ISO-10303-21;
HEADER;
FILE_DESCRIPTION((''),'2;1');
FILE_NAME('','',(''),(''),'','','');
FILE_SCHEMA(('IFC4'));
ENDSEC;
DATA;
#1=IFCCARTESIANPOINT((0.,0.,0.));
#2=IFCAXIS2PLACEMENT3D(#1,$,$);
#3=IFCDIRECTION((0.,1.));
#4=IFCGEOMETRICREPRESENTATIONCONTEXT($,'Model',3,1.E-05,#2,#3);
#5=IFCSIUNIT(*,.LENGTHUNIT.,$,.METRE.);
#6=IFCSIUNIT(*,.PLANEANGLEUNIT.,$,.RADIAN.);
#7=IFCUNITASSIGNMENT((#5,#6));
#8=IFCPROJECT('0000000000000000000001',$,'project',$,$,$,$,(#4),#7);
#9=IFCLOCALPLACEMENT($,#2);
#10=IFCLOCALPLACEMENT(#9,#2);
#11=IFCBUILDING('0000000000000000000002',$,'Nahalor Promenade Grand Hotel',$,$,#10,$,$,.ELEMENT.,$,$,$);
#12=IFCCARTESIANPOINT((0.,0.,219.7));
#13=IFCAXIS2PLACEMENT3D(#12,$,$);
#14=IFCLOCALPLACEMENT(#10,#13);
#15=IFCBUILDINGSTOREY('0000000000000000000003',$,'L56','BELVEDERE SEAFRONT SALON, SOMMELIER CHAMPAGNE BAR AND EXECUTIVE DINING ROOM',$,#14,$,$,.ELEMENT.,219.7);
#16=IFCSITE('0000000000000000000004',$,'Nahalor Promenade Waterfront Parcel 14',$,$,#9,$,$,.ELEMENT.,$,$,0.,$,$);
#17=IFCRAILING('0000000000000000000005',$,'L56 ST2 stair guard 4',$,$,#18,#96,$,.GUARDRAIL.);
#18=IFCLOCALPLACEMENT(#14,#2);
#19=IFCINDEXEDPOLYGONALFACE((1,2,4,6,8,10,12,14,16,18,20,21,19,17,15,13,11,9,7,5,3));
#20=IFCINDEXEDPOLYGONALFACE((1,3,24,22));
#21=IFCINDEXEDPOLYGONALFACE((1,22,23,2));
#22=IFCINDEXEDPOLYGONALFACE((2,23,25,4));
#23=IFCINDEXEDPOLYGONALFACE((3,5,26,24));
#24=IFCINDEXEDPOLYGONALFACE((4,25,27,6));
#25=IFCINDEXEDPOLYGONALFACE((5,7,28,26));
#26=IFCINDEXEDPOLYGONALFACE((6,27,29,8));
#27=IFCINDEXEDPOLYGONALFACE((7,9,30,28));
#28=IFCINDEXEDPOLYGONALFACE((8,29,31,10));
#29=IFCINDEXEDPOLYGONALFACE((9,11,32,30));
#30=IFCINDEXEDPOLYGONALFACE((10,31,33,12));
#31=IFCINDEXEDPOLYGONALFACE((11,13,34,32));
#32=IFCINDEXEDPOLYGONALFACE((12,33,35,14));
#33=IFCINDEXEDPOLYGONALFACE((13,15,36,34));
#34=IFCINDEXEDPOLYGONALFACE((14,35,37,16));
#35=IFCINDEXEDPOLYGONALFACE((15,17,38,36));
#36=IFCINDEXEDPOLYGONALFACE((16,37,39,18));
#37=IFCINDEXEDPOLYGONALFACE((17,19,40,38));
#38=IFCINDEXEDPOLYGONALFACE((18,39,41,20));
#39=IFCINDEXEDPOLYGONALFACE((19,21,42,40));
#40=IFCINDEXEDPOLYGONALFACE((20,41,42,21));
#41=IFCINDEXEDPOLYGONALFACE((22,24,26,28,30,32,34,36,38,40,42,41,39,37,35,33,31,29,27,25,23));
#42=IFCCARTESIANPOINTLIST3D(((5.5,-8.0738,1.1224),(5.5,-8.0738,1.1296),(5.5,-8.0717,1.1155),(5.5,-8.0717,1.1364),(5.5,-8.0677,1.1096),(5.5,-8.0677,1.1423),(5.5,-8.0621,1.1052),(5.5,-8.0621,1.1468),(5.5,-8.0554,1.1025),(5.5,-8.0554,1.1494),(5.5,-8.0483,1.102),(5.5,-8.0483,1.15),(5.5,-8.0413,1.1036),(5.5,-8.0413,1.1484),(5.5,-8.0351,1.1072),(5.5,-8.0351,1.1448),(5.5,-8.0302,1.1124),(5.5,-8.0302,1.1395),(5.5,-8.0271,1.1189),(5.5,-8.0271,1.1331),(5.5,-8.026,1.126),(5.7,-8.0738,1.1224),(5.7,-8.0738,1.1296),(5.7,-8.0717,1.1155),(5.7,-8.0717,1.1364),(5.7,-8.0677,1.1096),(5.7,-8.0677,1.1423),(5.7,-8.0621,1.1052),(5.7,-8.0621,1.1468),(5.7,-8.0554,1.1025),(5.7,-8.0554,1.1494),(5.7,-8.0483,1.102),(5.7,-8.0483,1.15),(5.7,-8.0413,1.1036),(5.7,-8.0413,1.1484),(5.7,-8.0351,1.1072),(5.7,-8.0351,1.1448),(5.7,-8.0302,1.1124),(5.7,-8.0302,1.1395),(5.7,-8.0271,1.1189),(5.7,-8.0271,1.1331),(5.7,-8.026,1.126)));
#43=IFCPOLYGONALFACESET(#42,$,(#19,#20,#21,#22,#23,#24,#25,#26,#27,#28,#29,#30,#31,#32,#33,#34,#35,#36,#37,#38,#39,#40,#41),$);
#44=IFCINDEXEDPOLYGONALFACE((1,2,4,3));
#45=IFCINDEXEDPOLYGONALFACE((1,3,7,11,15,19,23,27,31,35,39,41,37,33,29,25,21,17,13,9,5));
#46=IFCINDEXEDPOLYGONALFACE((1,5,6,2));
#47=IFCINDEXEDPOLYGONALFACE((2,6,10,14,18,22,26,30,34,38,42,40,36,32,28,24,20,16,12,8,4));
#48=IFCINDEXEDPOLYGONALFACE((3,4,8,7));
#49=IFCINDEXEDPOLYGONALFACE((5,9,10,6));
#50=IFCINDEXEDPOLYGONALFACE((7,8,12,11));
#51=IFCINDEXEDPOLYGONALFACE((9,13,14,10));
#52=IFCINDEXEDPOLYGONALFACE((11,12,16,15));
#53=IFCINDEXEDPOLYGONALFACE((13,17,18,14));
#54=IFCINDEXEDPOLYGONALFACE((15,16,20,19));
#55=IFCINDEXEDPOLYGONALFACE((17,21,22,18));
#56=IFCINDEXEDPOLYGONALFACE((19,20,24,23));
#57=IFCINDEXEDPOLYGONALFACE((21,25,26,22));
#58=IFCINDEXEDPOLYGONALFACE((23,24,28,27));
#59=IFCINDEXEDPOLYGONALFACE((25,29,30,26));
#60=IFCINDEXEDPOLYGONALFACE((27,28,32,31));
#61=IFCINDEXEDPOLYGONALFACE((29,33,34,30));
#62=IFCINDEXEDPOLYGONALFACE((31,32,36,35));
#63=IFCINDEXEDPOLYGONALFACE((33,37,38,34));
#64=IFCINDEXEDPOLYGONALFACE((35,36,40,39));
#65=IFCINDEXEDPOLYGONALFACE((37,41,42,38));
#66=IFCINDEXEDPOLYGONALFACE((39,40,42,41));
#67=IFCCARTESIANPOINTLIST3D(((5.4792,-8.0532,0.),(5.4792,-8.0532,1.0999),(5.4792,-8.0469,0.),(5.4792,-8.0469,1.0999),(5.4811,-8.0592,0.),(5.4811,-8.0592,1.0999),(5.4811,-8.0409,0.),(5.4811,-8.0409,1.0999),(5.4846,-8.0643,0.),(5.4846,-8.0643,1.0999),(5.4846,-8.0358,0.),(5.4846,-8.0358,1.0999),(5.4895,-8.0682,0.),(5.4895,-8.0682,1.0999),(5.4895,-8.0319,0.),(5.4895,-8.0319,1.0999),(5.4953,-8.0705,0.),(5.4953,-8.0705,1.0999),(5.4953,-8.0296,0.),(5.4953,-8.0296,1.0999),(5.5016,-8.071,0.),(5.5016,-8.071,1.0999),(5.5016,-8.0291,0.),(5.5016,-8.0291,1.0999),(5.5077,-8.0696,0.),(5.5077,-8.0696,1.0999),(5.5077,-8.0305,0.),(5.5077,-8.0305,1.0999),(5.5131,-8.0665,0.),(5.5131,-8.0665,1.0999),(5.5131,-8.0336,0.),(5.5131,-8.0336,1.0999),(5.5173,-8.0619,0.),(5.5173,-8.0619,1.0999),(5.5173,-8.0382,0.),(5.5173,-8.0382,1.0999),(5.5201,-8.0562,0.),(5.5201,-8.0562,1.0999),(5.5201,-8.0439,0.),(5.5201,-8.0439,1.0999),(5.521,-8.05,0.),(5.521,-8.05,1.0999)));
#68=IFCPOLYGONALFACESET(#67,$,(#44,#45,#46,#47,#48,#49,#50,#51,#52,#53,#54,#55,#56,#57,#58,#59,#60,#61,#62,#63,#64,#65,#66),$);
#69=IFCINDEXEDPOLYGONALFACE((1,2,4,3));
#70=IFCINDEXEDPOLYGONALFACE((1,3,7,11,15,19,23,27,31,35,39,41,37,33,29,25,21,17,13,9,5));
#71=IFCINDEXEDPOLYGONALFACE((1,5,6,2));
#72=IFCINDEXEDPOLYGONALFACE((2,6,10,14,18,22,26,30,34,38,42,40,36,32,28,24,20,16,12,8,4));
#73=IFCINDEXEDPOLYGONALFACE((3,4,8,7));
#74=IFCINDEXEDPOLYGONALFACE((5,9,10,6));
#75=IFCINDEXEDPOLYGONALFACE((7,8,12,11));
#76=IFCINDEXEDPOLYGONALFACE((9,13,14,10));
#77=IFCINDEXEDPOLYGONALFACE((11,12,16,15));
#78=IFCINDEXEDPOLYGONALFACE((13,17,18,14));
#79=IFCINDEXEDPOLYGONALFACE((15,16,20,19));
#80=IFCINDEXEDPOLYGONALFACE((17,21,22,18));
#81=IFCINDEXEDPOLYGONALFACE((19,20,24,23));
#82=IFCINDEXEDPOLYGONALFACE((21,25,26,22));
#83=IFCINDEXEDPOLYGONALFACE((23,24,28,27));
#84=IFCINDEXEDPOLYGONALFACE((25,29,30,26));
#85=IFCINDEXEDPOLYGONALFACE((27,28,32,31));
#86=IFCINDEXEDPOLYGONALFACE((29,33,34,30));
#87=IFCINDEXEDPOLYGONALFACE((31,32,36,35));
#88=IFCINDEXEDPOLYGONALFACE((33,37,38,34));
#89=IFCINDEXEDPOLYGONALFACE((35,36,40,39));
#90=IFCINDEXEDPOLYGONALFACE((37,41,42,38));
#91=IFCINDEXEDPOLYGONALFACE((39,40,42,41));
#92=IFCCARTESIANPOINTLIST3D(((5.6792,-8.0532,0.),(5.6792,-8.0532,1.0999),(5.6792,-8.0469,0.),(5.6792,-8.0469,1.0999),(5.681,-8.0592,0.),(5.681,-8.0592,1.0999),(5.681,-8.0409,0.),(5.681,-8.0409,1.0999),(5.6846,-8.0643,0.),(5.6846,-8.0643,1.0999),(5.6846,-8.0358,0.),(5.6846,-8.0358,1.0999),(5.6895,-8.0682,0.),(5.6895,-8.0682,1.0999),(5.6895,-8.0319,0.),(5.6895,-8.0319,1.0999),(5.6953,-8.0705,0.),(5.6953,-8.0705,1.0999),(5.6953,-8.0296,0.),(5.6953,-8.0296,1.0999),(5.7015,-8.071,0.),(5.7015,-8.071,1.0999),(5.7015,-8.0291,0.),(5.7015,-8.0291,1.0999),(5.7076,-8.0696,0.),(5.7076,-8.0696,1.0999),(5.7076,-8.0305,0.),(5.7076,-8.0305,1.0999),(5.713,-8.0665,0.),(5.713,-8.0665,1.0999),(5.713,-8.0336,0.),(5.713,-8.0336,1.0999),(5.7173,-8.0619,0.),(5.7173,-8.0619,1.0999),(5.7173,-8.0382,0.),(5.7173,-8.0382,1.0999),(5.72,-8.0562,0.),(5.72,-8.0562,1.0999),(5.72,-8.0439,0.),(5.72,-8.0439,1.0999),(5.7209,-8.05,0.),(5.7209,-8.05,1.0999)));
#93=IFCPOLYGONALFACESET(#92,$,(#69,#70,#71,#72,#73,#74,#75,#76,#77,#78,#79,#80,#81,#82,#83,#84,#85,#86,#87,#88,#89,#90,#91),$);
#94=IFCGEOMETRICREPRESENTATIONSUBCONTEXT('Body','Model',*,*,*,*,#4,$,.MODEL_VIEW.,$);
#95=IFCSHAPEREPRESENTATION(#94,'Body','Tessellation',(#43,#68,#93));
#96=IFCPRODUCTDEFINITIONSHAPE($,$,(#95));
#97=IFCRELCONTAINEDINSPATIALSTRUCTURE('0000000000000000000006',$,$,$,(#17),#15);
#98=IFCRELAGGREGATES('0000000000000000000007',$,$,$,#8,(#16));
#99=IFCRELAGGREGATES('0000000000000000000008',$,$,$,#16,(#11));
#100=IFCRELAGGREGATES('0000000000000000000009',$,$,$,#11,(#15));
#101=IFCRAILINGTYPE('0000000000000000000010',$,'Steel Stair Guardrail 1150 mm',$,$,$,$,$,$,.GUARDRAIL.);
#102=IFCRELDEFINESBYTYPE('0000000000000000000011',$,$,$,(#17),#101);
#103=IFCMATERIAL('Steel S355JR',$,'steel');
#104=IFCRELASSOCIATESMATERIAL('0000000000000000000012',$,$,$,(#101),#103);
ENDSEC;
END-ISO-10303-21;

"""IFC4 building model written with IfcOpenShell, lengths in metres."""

from ifc_helpers import new_model, si_unit, direction, frame, origin, origin_2d, place, context, subcontext, project, spatial, circle, extrude, material, type_object, element, save


model = new_model("IFC4")

# Units and contexts
model_context = context("Model", 3, precision=1e-05, world=origin(), true_north=direction((0.0, 1.0)))
body_context = subcontext(model_context, "Body", "Model", "MODEL_VIEW")
ifc_project = project(units=[si_unit("LENGTHUNIT", "METRE"), si_unit("PLANEANGLEUNIT", "RADIAN")], contexts=[model_context])

# Site, building, storey
site_placement = place(None, origin())
site = spatial("IfcSite", under=ifc_project, at=site_placement, Name="Nahalor Promenade Waterfront Parcel 14", CompositionType="ELEMENT", RefElevation=0.0)
building_placement = place(site_placement, origin())
building = spatial("IfcBuilding", under=site, at=building_placement, Name="Nahalor Promenade Grand Hotel", CompositionType="ELEMENT")
storey_placement = place(building_placement, frame((0.0, 0.0, 219.7)))
storey = spatial("IfcBuildingStorey", under=building, at=storey_placement, Name="L56", Description="BELVEDERE SEAFRONT SALON, SOMMELIER CHAMPAGNE BAR AND EXECUTIVE DINING ROOM", CompositionType="ELEMENT", Elevation=219.7)

# Shared definitions
ifc_material_1 = material(Name="Steel S355JR", Category="steel")

# Railing
railing_type_1 = type_object("IfcRailingType", Name="Steel Stair Guardrail 1150 mm", PredefinedType="GUARDRAIL", material=ifc_material_1)
railing_1_placement = place(storey_placement, frame((5.5, -8.05, 0.0)))
element("IfcRailing", 1, at=railing_1_placement, inside=storey, type_object=railing_type_1, Name="L56 ST2 stair guard 4", PredefinedType="GUARDRAIL", context=body_context, shape_type="SweptSolid", body=[
    extrude(circle(Radius=0.024, at=origin_2d()), frame((0.0, 0.0, 1.126), z_axis=(1.0, 0.0, 0.0), x_axis=(0.0, 1.0, 0.0)), (0.0, 0.0, 1.0), 0.2),
    extrude(circle(Radius=0.021, at=origin_2d()), origin(), (0.0, 0.0, 1.0), 1.0999),
    extrude(circle(Radius=0.021, at=origin_2d()), frame((0.2, 0.0, 0.0)), (0.0, 0.0, 1.0), 1.0999),
])

save(model, "model.ifc")
